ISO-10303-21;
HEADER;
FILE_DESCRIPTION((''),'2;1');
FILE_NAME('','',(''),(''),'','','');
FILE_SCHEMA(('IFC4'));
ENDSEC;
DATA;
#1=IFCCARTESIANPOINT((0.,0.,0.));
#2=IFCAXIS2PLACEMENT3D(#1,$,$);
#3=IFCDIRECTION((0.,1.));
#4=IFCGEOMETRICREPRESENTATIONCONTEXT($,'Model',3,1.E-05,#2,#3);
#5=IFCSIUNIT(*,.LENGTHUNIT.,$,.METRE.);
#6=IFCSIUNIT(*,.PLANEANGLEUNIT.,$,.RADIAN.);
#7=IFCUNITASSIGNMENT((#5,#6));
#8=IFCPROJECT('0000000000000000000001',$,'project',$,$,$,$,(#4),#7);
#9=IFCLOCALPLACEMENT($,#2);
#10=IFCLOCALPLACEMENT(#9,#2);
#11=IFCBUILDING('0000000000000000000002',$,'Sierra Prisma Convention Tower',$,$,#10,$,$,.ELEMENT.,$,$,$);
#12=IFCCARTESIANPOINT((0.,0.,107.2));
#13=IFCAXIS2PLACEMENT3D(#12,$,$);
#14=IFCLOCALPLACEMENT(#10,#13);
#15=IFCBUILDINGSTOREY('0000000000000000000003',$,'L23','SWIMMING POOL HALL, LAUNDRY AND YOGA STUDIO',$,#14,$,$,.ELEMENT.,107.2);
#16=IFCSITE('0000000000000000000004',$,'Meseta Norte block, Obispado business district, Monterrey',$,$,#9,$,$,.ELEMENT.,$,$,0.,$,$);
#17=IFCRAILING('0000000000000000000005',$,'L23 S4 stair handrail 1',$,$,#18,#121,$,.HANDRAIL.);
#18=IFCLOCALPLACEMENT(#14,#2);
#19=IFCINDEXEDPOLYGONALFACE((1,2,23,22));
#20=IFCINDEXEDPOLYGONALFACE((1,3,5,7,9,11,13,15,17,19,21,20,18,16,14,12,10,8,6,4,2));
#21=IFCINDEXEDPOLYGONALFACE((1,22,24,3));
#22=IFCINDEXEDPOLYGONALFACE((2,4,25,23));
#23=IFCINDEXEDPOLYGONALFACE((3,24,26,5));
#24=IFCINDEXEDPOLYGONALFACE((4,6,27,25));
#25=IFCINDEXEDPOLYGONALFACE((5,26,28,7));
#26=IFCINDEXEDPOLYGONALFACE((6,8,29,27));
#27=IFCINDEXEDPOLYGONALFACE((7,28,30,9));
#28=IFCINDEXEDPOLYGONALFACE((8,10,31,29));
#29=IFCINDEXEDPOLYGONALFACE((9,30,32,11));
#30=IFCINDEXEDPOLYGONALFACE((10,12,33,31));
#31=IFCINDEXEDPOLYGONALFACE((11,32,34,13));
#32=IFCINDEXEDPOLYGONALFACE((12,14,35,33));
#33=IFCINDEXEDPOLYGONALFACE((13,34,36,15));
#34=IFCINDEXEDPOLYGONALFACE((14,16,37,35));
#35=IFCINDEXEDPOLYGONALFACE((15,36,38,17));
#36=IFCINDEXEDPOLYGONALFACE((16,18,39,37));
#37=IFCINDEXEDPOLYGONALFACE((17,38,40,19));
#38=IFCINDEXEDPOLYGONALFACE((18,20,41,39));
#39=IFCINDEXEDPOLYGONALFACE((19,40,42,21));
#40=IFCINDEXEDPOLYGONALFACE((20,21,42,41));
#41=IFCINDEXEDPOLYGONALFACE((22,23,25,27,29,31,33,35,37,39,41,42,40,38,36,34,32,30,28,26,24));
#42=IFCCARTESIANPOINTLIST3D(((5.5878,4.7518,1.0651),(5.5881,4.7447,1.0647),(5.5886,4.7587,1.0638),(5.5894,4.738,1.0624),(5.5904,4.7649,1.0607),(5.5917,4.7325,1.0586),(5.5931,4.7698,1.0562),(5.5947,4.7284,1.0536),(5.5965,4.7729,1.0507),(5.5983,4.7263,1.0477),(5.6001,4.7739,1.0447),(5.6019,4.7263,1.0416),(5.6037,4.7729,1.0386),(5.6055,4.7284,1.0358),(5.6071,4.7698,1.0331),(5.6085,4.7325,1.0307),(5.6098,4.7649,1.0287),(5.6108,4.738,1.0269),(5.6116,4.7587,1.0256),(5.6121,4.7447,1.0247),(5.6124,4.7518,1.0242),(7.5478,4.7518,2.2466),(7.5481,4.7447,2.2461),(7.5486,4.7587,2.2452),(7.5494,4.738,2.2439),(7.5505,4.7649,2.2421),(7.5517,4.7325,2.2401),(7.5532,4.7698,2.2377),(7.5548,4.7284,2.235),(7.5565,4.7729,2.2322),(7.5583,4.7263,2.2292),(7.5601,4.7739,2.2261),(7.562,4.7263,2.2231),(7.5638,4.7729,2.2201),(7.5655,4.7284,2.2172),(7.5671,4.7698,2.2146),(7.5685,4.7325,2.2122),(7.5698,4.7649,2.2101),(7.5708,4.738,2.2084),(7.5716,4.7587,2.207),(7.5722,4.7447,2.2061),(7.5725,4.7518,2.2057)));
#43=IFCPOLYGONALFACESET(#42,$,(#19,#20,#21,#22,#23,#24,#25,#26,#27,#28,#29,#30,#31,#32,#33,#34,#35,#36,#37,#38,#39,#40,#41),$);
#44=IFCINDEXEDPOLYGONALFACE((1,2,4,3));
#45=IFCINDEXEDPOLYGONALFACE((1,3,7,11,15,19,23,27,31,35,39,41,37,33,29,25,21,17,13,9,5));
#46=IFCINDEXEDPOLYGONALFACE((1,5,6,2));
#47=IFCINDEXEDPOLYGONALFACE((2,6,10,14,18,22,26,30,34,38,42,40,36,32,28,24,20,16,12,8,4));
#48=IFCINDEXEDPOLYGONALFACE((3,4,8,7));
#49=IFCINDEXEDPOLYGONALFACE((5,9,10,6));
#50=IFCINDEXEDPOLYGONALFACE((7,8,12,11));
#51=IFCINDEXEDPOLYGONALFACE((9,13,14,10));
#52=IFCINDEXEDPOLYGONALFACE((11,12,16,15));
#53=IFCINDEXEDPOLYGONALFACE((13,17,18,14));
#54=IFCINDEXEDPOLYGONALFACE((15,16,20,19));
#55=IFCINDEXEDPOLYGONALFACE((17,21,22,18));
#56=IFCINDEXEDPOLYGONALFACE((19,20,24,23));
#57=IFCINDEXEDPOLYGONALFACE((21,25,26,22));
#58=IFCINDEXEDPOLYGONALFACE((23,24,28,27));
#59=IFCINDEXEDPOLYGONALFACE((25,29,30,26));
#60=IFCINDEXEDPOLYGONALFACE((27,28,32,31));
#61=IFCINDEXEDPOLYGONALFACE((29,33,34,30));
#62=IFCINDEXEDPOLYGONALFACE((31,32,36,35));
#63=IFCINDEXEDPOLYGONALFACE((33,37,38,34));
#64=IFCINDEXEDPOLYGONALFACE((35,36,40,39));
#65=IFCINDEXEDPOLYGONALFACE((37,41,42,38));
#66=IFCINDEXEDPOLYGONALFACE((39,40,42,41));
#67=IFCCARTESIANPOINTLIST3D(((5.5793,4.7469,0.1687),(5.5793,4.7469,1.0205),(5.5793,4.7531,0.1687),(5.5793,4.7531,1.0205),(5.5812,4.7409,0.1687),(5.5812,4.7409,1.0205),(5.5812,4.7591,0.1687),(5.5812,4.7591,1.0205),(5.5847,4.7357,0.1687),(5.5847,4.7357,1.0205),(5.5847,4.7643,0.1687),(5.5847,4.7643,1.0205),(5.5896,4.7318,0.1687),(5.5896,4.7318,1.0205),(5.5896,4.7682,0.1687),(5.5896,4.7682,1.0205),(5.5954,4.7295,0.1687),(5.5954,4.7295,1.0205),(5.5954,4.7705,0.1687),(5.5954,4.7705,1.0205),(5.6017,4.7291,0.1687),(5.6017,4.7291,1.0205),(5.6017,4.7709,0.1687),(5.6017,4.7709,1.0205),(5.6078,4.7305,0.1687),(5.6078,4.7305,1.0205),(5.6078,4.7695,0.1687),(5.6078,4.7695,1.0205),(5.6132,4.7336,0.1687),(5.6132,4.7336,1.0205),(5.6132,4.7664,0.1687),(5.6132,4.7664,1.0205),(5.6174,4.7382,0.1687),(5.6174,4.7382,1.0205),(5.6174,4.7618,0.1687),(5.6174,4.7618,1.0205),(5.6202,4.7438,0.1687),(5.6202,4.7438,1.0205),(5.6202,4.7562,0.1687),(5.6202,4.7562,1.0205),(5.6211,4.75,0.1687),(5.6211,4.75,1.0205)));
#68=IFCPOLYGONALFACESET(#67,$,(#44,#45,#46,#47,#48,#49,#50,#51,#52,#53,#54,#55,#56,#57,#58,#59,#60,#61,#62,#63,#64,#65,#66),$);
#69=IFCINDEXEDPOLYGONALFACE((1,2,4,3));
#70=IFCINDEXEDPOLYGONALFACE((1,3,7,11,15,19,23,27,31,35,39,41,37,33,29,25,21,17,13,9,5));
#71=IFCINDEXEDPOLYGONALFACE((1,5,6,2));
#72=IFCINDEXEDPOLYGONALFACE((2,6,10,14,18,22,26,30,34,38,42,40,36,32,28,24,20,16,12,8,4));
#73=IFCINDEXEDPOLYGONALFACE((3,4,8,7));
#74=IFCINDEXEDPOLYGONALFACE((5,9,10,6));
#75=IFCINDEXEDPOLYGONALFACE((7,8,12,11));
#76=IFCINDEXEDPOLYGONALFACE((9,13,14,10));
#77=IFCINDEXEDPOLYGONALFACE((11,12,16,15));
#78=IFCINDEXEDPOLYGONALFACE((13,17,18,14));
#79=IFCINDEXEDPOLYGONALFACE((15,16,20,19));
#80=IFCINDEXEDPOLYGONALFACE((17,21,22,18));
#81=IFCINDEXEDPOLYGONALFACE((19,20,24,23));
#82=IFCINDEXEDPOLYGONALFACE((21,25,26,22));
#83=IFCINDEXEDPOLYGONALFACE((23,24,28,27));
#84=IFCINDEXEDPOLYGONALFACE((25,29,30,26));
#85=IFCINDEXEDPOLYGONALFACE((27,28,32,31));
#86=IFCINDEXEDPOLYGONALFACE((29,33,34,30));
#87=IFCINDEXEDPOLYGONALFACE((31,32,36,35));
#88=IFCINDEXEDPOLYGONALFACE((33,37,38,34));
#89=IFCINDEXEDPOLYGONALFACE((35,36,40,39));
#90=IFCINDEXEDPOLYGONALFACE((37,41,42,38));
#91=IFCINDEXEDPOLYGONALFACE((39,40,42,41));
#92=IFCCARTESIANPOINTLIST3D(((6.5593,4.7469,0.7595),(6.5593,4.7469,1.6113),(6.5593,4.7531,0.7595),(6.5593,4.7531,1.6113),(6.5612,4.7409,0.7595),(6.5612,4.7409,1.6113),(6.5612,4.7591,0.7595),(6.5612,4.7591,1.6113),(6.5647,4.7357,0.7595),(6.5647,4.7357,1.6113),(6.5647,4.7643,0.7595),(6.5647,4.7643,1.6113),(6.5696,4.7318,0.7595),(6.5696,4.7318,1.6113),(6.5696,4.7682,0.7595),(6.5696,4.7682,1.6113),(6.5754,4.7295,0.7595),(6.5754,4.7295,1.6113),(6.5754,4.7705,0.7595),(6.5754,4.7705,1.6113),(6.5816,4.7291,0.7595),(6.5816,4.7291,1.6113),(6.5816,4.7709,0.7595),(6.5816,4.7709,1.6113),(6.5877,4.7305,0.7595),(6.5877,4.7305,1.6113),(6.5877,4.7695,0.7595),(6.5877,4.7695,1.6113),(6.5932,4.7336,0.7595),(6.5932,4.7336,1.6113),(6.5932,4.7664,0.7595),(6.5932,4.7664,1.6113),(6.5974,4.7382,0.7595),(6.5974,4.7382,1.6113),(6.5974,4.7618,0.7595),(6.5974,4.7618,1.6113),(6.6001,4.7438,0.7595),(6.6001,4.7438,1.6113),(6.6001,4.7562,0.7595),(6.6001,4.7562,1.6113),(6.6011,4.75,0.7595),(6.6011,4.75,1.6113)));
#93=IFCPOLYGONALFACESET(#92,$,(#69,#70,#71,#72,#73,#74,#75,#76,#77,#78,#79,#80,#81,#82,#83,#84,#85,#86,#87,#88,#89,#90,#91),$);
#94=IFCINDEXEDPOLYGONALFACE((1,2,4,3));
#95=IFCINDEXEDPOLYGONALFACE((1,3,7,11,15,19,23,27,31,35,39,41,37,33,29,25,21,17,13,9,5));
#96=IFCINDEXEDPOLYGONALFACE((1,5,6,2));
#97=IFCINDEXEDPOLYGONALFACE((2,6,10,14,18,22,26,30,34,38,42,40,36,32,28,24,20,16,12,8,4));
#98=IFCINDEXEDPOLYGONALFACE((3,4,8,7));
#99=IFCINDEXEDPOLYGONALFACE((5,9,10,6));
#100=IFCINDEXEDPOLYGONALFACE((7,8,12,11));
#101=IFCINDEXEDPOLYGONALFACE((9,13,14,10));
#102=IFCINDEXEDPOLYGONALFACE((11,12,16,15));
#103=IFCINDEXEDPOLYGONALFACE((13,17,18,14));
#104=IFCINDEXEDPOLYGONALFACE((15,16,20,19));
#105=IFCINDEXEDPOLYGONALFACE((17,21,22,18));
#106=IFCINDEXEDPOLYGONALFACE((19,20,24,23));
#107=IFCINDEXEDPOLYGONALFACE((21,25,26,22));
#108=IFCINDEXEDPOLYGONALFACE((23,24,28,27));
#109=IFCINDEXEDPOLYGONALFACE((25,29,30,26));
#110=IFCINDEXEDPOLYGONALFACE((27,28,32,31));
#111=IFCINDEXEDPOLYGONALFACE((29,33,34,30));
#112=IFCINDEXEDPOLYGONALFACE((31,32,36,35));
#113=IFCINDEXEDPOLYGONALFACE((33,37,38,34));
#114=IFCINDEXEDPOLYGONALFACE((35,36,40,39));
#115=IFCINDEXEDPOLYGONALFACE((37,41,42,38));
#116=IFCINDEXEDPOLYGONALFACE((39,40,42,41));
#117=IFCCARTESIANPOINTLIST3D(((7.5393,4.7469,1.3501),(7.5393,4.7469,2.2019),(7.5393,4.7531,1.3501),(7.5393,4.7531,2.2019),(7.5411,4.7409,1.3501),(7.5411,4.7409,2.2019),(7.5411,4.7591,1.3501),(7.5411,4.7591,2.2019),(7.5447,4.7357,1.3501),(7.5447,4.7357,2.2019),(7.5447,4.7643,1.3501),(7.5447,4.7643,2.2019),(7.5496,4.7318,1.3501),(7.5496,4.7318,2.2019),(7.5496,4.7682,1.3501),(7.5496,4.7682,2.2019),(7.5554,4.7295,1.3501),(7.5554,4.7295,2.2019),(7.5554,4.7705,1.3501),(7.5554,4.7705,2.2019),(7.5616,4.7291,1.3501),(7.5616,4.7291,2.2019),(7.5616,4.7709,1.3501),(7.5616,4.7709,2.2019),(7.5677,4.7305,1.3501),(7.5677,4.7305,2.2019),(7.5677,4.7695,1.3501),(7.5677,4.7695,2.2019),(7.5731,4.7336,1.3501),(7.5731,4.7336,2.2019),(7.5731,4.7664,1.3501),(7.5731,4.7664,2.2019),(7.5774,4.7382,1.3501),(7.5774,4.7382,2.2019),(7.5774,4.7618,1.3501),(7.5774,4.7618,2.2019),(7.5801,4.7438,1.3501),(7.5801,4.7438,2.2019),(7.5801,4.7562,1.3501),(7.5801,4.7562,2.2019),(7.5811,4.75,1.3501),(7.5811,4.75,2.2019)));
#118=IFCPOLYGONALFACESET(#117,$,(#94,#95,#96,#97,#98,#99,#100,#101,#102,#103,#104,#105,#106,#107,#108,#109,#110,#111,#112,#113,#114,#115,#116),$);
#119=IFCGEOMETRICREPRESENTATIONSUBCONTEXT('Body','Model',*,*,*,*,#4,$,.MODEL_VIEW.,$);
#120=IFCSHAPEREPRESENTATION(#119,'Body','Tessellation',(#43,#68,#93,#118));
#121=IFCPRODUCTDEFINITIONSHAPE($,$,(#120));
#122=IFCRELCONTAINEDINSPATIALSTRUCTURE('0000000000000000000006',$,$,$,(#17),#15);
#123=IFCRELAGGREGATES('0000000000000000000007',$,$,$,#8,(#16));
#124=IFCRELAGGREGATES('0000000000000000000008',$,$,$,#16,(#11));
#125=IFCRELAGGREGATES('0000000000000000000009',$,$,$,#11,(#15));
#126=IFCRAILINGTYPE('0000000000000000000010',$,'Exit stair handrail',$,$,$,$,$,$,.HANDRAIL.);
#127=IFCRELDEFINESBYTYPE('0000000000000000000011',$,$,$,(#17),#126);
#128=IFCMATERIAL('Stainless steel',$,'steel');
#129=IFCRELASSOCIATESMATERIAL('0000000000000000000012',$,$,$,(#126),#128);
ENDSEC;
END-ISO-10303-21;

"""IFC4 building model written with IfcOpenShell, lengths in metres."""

from ifc_helpers import new_model, si_unit, direction, frame, origin, origin_2d, place, context, subcontext, project, spatial, circle, extrude, material, type_object, element, save


model = new_model("IFC4")

# Units and contexts
model_context = context("Model", 3, precision=1e-05, world=origin(), true_north=direction((0.0, 1.0)))
body_context = subcontext(model_context, "Body", "Model", "MODEL_VIEW")
ifc_project = project(units=[si_unit("LENGTHUNIT", "METRE"), si_unit("PLANEANGLEUNIT", "RADIAN")], contexts=[model_context])

# Site, building, storey
site_placement = place(None, origin())
site = spatial("IfcSite", under=ifc_project, at=site_placement, Name="Meseta Norte block, Obispado business district, Monterrey", CompositionType="ELEMENT", RefElevation=0.0)
building_placement = place(site_placement, origin())
building = spatial("IfcBuilding", under=site, at=building_placement, Name="Sierra Prisma Convention Tower", CompositionType="ELEMENT")
storey_placement = place(building_placement, frame((0.0, 0.0, 107.2)))
storey = spatial("IfcBuildingStorey", under=building, at=storey_placement, Name="L23", Description="SWIMMING POOL HALL, LAUNDRY AND YOGA STUDIO", CompositionType="ELEMENT", Elevation=107.2)

# Railing
ifc_material_1 = material(Name="Stainless steel", Category="steel")
railing_type_1 = type_object("IfcRailingType", Name="Exit stair handrail", PredefinedType="HANDRAIL", material=ifc_material_1)
railing_1_placement = place(storey_placement, frame((5.6001, 4.75, 0.1687)))
element("IfcRailing", 1, at=railing_1_placement, inside=storey, type_object=railing_type_1, Name="L23 S4 stair handrail 1", PredefinedType="HANDRAIL", context=body_context, shape_type="SweptSolid", body=[
    extrude(circle(Radius=0.0239, at=origin_2d()), frame((0.0, 0.0, 0.876), z_axis=(0.856446, 0.0, 0.516236), x_axis=(0.0, 1.0, 0.0)), (0.0, 0.0, 1.0), 2.2886),
    extrude(circle(Radius=0.021, at=origin_2d()), origin(), (0.0, 0.0, 1.0), 0.8518),
    extrude(circle(Radius=0.021, at=origin_2d()), frame((0.98, 0.0, 0.5908)), (0.0, 0.0, 1.0), 0.8518),
    extrude(circle(Radius=0.021, at=origin_2d()), frame((1.96, 0.0, 1.1814)), (0.0, 0.0, 1.0), 0.8518),
])

save(model, "model.ifc")
